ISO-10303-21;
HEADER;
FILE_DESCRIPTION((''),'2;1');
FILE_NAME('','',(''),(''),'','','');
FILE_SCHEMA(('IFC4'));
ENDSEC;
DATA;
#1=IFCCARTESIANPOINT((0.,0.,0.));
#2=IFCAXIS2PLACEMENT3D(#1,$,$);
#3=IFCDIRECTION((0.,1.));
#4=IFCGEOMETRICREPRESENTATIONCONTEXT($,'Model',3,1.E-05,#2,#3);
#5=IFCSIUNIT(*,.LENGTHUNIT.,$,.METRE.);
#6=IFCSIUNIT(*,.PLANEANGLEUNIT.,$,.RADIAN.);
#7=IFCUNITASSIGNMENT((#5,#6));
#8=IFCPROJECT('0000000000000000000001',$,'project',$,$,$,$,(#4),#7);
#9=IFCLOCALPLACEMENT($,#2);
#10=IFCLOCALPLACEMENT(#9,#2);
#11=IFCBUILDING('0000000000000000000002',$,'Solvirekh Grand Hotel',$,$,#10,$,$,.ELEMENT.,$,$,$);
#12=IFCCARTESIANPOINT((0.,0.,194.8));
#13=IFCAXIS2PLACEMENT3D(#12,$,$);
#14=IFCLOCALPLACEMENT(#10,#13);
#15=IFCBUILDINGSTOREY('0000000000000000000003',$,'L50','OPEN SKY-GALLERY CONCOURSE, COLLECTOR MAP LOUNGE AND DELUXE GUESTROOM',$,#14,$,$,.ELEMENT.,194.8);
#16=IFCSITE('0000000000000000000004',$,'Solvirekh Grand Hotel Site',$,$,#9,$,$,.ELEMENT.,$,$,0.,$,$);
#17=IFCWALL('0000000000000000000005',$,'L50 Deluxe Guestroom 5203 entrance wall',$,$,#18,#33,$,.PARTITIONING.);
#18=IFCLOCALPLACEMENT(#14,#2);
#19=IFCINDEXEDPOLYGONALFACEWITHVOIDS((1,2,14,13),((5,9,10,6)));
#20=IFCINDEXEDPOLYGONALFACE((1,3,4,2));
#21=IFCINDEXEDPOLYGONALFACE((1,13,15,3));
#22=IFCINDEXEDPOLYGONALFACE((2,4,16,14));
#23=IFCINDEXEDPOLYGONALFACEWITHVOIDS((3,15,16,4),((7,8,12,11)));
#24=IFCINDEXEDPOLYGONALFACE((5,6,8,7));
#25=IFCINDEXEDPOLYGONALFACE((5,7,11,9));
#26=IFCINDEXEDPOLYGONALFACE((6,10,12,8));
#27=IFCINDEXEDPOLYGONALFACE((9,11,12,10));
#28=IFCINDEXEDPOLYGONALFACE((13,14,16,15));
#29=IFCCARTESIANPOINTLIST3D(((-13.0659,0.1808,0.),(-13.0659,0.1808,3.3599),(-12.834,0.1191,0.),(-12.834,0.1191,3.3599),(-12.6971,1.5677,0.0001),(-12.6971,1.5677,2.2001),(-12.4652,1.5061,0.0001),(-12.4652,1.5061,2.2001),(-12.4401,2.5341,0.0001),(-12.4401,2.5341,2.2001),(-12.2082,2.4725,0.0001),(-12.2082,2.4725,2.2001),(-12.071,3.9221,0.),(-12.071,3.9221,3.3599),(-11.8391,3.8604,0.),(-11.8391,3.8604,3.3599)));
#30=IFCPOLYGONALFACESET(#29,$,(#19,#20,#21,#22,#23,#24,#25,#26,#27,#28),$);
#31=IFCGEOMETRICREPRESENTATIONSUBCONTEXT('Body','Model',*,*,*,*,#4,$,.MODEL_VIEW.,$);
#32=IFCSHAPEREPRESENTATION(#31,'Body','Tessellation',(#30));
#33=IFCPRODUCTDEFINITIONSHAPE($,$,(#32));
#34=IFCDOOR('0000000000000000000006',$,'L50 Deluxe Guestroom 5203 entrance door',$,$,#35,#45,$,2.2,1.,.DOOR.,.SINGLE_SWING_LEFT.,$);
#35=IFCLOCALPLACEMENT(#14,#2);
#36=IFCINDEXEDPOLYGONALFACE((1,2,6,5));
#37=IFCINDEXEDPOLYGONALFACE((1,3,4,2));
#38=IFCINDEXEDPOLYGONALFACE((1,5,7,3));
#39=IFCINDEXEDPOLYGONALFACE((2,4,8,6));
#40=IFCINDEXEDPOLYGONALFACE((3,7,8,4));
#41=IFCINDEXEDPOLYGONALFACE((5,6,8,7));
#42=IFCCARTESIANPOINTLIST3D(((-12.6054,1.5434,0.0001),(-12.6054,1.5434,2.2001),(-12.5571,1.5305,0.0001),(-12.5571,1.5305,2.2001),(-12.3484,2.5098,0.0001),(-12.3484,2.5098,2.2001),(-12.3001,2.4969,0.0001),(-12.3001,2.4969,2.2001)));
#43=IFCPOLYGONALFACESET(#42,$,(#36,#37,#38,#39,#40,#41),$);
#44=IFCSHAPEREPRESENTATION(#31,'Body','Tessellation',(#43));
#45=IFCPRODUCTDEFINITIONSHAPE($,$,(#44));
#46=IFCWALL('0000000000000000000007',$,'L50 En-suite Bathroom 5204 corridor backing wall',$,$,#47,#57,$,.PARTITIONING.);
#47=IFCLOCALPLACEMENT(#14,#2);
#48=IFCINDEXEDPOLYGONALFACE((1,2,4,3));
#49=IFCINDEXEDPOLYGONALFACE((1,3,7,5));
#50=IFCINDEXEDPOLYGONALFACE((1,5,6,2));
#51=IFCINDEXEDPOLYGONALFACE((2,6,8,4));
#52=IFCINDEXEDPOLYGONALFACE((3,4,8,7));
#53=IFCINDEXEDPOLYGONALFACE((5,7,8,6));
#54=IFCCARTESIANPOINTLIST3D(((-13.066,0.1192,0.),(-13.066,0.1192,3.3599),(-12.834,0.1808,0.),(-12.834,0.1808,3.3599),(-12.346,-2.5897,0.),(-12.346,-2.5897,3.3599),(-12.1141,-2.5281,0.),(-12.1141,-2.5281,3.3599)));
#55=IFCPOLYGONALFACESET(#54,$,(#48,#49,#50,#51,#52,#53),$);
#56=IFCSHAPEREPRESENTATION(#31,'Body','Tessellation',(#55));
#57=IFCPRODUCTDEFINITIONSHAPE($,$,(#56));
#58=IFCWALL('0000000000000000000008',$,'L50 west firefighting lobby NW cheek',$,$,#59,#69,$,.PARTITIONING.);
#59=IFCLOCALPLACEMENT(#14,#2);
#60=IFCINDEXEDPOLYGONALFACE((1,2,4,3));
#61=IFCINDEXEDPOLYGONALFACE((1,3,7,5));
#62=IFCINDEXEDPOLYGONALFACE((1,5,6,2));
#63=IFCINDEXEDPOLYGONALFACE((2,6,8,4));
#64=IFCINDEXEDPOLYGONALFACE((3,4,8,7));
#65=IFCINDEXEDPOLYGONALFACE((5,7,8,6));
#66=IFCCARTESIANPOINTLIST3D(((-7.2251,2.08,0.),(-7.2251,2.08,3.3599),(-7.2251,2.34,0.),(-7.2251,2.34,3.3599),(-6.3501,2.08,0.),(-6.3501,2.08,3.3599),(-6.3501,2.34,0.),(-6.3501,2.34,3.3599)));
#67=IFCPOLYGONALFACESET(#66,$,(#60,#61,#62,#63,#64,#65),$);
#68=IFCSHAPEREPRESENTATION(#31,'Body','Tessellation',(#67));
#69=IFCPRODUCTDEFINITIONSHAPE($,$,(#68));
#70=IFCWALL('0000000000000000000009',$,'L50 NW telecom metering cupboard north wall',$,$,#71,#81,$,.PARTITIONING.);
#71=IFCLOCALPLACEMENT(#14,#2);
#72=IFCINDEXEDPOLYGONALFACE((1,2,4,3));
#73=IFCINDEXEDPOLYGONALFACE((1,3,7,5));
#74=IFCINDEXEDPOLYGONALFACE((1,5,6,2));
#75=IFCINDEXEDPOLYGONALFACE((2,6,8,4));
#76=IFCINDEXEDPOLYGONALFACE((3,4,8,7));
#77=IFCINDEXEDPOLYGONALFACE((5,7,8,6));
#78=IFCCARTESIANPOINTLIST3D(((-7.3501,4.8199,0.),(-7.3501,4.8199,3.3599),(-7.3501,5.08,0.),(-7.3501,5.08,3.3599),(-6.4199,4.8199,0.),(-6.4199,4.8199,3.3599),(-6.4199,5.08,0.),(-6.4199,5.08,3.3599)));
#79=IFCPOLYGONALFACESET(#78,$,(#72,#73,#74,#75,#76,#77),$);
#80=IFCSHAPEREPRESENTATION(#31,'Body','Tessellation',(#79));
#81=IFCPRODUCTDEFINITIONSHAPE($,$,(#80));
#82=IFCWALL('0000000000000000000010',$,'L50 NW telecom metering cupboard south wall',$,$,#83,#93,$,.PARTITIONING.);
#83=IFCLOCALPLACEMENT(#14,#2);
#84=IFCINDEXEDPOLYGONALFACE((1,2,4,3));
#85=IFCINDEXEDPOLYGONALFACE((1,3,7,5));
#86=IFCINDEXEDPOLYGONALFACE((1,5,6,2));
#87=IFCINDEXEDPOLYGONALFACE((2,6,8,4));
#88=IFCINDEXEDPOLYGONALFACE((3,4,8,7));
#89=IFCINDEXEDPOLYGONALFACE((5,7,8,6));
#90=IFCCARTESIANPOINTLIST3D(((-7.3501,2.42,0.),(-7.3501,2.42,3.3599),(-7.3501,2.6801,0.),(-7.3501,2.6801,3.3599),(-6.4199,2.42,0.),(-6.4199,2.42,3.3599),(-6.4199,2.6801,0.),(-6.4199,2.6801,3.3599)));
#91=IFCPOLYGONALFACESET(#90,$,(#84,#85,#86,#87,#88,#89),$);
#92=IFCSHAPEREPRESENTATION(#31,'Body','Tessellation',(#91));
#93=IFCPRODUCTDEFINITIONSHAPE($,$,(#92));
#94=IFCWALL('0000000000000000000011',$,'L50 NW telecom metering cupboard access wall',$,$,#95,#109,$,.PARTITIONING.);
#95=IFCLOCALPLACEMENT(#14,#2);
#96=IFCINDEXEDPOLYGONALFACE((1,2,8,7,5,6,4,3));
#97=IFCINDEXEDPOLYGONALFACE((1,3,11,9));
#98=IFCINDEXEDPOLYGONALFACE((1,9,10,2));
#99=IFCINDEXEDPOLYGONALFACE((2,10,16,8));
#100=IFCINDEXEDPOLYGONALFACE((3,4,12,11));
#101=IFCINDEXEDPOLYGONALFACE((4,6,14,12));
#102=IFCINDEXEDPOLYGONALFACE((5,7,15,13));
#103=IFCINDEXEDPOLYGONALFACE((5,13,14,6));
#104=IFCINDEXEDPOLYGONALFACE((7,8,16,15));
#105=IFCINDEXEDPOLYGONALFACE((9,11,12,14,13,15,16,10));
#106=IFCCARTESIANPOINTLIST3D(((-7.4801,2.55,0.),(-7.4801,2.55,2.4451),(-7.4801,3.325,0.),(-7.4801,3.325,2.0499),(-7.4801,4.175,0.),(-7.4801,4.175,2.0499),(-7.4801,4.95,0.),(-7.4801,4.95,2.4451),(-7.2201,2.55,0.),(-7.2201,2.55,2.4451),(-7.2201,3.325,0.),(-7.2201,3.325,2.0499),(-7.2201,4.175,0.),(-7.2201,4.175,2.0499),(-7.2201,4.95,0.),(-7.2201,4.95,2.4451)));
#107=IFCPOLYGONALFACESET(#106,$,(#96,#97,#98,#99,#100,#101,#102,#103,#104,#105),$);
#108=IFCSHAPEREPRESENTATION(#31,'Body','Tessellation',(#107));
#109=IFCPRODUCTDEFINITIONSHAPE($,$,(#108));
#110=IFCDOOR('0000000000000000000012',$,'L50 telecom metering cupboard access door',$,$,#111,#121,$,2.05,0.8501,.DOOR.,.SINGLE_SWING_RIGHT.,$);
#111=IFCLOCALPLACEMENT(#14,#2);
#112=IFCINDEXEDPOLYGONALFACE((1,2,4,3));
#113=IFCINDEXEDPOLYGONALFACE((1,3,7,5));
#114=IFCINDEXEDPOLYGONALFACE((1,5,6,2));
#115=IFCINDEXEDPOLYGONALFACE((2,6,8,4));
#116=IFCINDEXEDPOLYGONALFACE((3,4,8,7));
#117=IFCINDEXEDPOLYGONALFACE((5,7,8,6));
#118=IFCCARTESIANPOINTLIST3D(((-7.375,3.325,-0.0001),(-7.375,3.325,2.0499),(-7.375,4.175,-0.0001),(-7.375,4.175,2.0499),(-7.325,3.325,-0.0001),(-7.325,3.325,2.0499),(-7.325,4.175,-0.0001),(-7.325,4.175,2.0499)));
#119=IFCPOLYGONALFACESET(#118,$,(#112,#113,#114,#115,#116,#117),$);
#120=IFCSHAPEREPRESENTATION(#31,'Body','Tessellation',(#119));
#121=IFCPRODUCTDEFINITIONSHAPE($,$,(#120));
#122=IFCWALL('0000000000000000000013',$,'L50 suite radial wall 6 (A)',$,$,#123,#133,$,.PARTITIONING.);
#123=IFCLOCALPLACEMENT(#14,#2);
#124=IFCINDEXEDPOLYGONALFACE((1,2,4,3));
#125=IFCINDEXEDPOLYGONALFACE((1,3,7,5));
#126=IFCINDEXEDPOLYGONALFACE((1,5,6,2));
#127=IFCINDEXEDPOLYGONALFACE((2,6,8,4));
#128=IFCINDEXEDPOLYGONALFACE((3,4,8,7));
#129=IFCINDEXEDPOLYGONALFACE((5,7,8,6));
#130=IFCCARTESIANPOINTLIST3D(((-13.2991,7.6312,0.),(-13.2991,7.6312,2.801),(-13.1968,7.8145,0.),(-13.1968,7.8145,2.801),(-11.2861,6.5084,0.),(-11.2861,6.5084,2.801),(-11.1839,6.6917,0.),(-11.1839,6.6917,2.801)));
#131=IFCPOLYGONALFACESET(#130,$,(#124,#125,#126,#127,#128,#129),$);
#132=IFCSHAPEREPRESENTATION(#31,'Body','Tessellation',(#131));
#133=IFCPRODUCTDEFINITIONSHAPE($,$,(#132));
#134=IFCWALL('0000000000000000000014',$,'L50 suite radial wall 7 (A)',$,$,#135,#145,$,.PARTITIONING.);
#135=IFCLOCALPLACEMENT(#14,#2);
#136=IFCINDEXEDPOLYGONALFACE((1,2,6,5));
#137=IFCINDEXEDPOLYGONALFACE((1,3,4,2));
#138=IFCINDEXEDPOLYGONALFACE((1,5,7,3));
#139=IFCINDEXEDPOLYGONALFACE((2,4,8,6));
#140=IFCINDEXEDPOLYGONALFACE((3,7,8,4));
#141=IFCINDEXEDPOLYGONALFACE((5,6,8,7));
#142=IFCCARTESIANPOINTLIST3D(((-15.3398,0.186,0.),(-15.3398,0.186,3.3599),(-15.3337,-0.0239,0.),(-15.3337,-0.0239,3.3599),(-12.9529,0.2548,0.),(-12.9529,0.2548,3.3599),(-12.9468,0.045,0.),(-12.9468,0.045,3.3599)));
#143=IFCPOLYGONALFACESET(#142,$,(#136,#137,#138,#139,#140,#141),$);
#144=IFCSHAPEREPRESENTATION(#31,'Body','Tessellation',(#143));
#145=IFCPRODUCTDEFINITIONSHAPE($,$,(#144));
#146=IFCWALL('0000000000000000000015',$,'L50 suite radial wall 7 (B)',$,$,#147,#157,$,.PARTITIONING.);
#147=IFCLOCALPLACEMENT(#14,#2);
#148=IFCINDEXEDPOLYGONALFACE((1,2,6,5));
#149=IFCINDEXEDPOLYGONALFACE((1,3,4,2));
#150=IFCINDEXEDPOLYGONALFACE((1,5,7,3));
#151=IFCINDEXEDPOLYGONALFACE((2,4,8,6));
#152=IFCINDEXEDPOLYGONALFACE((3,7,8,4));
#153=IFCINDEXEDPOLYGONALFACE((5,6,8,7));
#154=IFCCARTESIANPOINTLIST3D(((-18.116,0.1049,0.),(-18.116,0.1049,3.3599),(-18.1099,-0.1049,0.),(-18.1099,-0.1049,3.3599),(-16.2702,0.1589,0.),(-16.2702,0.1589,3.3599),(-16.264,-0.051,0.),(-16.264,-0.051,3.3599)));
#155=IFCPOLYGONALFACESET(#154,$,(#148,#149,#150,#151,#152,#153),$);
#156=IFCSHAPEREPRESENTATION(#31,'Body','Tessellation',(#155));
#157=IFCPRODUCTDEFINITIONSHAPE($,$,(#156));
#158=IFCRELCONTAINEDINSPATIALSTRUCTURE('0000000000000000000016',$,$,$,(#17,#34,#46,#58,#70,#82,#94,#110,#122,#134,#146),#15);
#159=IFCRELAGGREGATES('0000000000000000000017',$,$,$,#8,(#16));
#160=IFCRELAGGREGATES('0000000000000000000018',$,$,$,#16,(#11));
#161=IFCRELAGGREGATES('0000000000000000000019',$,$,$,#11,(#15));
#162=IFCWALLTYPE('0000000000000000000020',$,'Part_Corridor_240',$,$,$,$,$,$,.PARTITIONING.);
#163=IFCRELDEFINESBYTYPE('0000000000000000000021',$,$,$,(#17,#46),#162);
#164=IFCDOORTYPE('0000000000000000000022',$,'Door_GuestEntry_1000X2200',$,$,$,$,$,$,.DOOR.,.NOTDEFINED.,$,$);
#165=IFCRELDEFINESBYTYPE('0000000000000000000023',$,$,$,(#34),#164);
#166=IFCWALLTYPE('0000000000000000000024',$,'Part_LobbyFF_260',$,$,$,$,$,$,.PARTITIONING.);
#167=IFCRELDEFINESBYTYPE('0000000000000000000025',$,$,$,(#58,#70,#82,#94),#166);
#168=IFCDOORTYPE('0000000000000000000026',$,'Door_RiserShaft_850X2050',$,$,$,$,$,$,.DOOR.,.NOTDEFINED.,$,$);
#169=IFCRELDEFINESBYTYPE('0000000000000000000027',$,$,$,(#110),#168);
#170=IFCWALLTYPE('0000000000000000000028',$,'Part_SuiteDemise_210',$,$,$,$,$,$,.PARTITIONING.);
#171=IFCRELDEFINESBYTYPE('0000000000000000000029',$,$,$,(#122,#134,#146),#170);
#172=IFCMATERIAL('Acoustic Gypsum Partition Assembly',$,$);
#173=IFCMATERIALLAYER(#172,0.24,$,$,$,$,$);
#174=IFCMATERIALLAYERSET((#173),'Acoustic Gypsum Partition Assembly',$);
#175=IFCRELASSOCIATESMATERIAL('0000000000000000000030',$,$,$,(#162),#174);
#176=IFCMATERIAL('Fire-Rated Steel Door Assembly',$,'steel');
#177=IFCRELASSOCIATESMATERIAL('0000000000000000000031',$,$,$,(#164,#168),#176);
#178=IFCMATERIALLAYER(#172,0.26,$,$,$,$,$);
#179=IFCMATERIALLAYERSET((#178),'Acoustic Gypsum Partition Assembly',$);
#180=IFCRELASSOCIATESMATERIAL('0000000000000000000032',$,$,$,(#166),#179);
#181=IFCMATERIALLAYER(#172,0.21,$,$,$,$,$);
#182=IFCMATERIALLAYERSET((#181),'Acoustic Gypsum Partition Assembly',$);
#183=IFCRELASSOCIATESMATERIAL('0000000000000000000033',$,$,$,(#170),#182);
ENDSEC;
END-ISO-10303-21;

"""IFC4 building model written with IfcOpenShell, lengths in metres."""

from ifc_helpers import new_model, si_unit, direction, frame, frame_2d, origin, place, context, subcontext, project, spatial, rectangle, extrude, material, layer, layer_set, type_object, element, fill, save


model = new_model("IFC4")

# Units and contexts
model_context = context("Model", 3, precision=1e-05, world=origin(), true_north=direction((0.0, 1.0)))
body_context = subcontext(model_context, "Body", "Model", "MODEL_VIEW")
ifc_project = project(units=[si_unit("LENGTHUNIT", "METRE"), si_unit("PLANEANGLEUNIT", "RADIAN")], contexts=[model_context])

# Site, building, storey
site_placement = place(None, origin())
site = spatial("IfcSite", under=ifc_project, at=site_placement, Name="Solvirekh Grand Hotel Site", CompositionType="ELEMENT", RefElevation=0.0)
building_placement = place(site_placement, origin())
building = spatial("IfcBuilding", under=site, at=building_placement, Name="Solvirekh Grand Hotel", CompositionType="ELEMENT")
storey_placement = place(building_placement, frame((0.0, 0.0, 194.8)))
storey = spatial("IfcBuildingStorey", under=building, at=storey_placement, Name="L50", Description="OPEN SKY-GALLERY CONCOURSE, COLLECTOR MAP LOUNGE AND DELUXE GUESTROOM", CompositionType="ELEMENT", Elevation=194.8)

# Shared definitions
ifc_material_1 = material(Name="Fire-Rated Steel Door Assembly", Category="steel")

# Shared definitions
ifc_material_2 = material(Name="Acoustic Gypsum Partition Assembly")
ifc_layer_1 = layer(ifc_material_2, 0.24)
ifc_layer_set_1 = layer_set([ifc_layer_1], Name="Acoustic Gypsum Partition Assembly")
wall_type_1 = type_object("IfcWallType", Name="Part_Corridor_240", PredefinedType="PARTITIONING", material=ifc_layer_set_1)

# Wall, opening, door
wall_1_placement = place(storey_placement, frame((-11.9551, 3.8911, 0.0), z_axis=(0.0, 0.0, 1.0), x_axis=(-0.256991, -0.966414, 0.0)))
wall_1 = element("IfcWall", 1, at=wall_1_placement, inside=storey, type_object=wall_type_1, Name="L50 Deluxe Guestroom 5203 entrance wall", PredefinedType="PARTITIONING", context=body_context, shape_type="SweptSolid", body=[
    extrude(rectangle(XDim=3.8713, YDim=0.24, at=frame_2d((1.9355, 0.0))), origin(), (0.0, 0.0, 1.0), 3.3599),
])
opening_1_placement = place(wall_1_placement, frame((1.436, 0.0, 0.0)))
opening_1 = element("IfcOpeningElement", 2, at=opening_1_placement, cuts=wall_1, PredefinedType="OPENING", context=body_context, shape_type="SweptSolid", body=[
    extrude(rectangle(XDim=1.0, YDim=2.2, at=frame_2d((0.5, 1.1001))), frame((0.0, 0.1299, 0.0), z_axis=(0.0, -1.0, 0.0), x_axis=(1.0, 0.0, 0.0)), (0.0, 0.0, 1.0), 0.26),
])
door_type_1 = type_object("IfcDoorType", Name="Door_GuestEntry_1000X2200", OperationType="NOTDEFINED", PredefinedType="DOOR", material=ifc_material_1)
door_1_placement = place(opening_1_placement, origin())
door_1 = element("IfcDoor", 3, at=door_1_placement, inside=storey, type_object=door_type_1, Name="L50 Deluxe Guestroom 5203 entrance door", OperationType="SINGLE_SWING_LEFT", OverallHeight=2.2, OverallWidth=1.0, PredefinedType="DOOR", context=body_context, shape_type="SweptSolid", body=[
    extrude(rectangle(XDim=1.0, YDim=2.2, at=frame_2d((0.5, 1.1001))), frame((0.0, 0.0249, 0.0), z_axis=(0.0, -1.0, 0.0), x_axis=(1.0, 0.0, 0.0)), (0.0, 0.0, 1.0), 0.05),
])
fill(opening_1, door_1)

# Walls
wall_2_placement = place(storey_placement, frame((-12.95, 0.1499, 0.0), z_axis=(0.0, 0.0, 1.0), x_axis=(0.256855, -0.96645, 0.0)))
element("IfcWall", 4, at=wall_2_placement, inside=storey, type_object=wall_type_1, Name="L50 En-suite Bathroom 5204 corridor backing wall", PredefinedType="PARTITIONING", context=body_context, shape_type="SweptSolid", body=[
    extrude(rectangle(XDim=2.803, YDim=0.24, at=frame_2d((1.4014, 0.0))), origin(), (0.0, 0.0, 1.0), 3.3599),
])
ifc_layer_2 = layer(ifc_material_2, 0.26)
ifc_layer_set_2 = layer_set([ifc_layer_2], Name="Acoustic Gypsum Partition Assembly")
wall_type_2 = type_object("IfcWallType", Name="Part_LobbyFF_260", PredefinedType="PARTITIONING", material=ifc_layer_set_2)
wall_3_placement = place(storey_placement, frame((-7.2251, 2.21, 0.0), z_axis=(0.0, 0.0, 1.0), x_axis=(1.0, 0.0, 0.0)))
element("IfcWall", 5, at=wall_3_placement, inside=storey, type_object=wall_type_2, Name="L50 west firefighting lobby NW cheek", PredefinedType="PARTITIONING", context=body_context, shape_type="SweptSolid", body=[
    extrude(rectangle(XDim=0.875, YDim=0.26, at=frame_2d((0.4375, 0.0))), origin(), (0.0, 0.0, 1.0), 3.3599),
])
for number, where, z_axis, x_axis, name in (
    (6, (-7.3501, 4.95, 0.0), (0.0, 0.0, 1.0), (1.0, 0.0, 0.0), "L50 NW telecom metering cupboard north wall"),
    (7, (-7.3501, 2.55, 0.0), (0.0, 0.0, 1.0), (1.0, 0.0, 0.0), "L50 NW telecom metering cupboard south wall"),
):
    element("IfcWall", number, at=place(storey_placement, frame(where, z_axis=z_axis, x_axis=x_axis)), inside=storey, type_object=wall_type_2, Name=name, PredefinedType="PARTITIONING", context=body_context, shape_type="SweptSolid", body=[
        extrude(rectangle(XDim=0.9302, YDim=0.26, at=frame_2d((0.4651, 0.0))), origin(), (0.0, 0.0, 1.0), 3.3599),
    ])

# Wall, opening, door
wall_4_placement = place(storey_placement, frame((-7.3501, 2.55, 0.0), z_axis=(0.0, 0.0, 1.0), x_axis=(0.0, 1.0, 0.0)))
wall_4 = element("IfcWall", 8, at=wall_4_placement, inside=storey, type_object=wall_type_2, Name="L50 NW telecom metering cupboard access wall", PredefinedType="PARTITIONING", context=body_context, shape_type="SweptSolid", body=[
    extrude(rectangle(XDim=2.3999, YDim=0.26, at=frame_2d((1.2, 0.0))), origin(), (0.0, 0.0, 1.0), 2.4451),
])
opening_2_placement = place(wall_4_placement, frame((0.7749, 0.0, 0.0)))
opening_2 = element("IfcOpeningElement", 9, at=opening_2_placement, cuts=wall_4, PredefinedType="OPENING", context=body_context, shape_type="SweptSolid", body=[
    extrude(rectangle(XDim=0.8501, YDim=2.05, at=frame_2d((0.425, 1.0249))), frame((0.0, 0.1401, 0.0), z_axis=(0.0, -1.0, 0.0), x_axis=(1.0, 0.0, 0.0)), (0.0, 0.0, 1.0), 0.28),
])
door_type_2 = type_object("IfcDoorType", Name="Door_RiserShaft_850X2050", OperationType="NOTDEFINED", PredefinedType="DOOR", material=ifc_material_1)
door_2_placement = place(opening_2_placement, origin())
door_2 = element("IfcDoor", 10, at=door_2_placement, inside=storey, type_object=door_type_2, Name="L50 telecom metering cupboard access door", OperationType="SINGLE_SWING_RIGHT", OverallHeight=2.05, OverallWidth=0.8501, PredefinedType="DOOR", context=body_context, shape_type="SweptSolid", body=[
    extrude(rectangle(XDim=0.8501, YDim=2.05, at=frame_2d((0.425, 1.0249))), frame((0.0, 0.0249, 0.0), z_axis=(0.0, -1.0, 0.0), x_axis=(1.0, 0.0, 0.0)), (0.0, 0.0, 1.0), 0.05),
])
fill(opening_2, door_2)

# Walls
ifc_layer_3 = layer(ifc_material_2, 0.21)
ifc_layer_set_3 = layer_set([ifc_layer_3], Name="Acoustic Gypsum Partition Assembly")
wall_type_3 = type_object("IfcWallType", Name="Part_SuiteDemise_210", PredefinedType="PARTITIONING", material=ifc_layer_set_3)
wall_5_placement = place(storey_placement, frame((-11.2351, 6.6001, 0.0), z_axis=(0.0, 0.0, 1.0), x_axis=(-0.873327, 0.487135, 0.0)))
element("IfcWall", 11, at=wall_5_placement, inside=storey, type_object=wall_type_3, Name="L50 suite radial wall 6 (A)", PredefinedType="PARTITIONING", context=body_context, shape_type="SweptSolid", body=[
    extrude(rectangle(XDim=2.3049, YDim=0.21, at=frame_2d((1.1523, 0.0))), origin(), (0.0, 0.0, 1.0), 2.801),
])
wall_6_placement = place(storey_placement, frame((-12.95, 0.1499, 0.0), z_axis=(0.0, 0.0, 1.0), x_axis=(-0.999584, -0.028831, 0.0)))
element("IfcWall", 12, at=wall_6_placement, inside=storey, type_object=wall_type_3, Name="L50 suite radial wall 7 (A)", PredefinedType="PARTITIONING", context=body_context, shape_type="SweptSolid", body=[
    extrude(rectangle(XDim=2.3879, YDim=0.21, at=frame_2d((1.1938, 0.0))), origin(), (0.0, 0.0, 1.0), 3.3599),
])
wall_7_placement = place(storey_placement, frame((-16.2671, 0.054, 0.0), z_axis=(0.0, 0.0, 1.0), x_axis=(-0.999573, -0.029216, 0.0)))
element("IfcWall", 13, at=wall_7_placement, inside=storey, type_object=wall_type_3, Name="L50 suite radial wall 7 (B)", PredefinedType="PARTITIONING", context=body_context, shape_type="SweptSolid", body=[
    extrude(rectangle(XDim=1.8467, YDim=0.21, at=frame_2d((0.9233, 0.0))), origin(), (0.0, 0.0, 1.0), 3.3599),
])

save(model, "model.ifc")
